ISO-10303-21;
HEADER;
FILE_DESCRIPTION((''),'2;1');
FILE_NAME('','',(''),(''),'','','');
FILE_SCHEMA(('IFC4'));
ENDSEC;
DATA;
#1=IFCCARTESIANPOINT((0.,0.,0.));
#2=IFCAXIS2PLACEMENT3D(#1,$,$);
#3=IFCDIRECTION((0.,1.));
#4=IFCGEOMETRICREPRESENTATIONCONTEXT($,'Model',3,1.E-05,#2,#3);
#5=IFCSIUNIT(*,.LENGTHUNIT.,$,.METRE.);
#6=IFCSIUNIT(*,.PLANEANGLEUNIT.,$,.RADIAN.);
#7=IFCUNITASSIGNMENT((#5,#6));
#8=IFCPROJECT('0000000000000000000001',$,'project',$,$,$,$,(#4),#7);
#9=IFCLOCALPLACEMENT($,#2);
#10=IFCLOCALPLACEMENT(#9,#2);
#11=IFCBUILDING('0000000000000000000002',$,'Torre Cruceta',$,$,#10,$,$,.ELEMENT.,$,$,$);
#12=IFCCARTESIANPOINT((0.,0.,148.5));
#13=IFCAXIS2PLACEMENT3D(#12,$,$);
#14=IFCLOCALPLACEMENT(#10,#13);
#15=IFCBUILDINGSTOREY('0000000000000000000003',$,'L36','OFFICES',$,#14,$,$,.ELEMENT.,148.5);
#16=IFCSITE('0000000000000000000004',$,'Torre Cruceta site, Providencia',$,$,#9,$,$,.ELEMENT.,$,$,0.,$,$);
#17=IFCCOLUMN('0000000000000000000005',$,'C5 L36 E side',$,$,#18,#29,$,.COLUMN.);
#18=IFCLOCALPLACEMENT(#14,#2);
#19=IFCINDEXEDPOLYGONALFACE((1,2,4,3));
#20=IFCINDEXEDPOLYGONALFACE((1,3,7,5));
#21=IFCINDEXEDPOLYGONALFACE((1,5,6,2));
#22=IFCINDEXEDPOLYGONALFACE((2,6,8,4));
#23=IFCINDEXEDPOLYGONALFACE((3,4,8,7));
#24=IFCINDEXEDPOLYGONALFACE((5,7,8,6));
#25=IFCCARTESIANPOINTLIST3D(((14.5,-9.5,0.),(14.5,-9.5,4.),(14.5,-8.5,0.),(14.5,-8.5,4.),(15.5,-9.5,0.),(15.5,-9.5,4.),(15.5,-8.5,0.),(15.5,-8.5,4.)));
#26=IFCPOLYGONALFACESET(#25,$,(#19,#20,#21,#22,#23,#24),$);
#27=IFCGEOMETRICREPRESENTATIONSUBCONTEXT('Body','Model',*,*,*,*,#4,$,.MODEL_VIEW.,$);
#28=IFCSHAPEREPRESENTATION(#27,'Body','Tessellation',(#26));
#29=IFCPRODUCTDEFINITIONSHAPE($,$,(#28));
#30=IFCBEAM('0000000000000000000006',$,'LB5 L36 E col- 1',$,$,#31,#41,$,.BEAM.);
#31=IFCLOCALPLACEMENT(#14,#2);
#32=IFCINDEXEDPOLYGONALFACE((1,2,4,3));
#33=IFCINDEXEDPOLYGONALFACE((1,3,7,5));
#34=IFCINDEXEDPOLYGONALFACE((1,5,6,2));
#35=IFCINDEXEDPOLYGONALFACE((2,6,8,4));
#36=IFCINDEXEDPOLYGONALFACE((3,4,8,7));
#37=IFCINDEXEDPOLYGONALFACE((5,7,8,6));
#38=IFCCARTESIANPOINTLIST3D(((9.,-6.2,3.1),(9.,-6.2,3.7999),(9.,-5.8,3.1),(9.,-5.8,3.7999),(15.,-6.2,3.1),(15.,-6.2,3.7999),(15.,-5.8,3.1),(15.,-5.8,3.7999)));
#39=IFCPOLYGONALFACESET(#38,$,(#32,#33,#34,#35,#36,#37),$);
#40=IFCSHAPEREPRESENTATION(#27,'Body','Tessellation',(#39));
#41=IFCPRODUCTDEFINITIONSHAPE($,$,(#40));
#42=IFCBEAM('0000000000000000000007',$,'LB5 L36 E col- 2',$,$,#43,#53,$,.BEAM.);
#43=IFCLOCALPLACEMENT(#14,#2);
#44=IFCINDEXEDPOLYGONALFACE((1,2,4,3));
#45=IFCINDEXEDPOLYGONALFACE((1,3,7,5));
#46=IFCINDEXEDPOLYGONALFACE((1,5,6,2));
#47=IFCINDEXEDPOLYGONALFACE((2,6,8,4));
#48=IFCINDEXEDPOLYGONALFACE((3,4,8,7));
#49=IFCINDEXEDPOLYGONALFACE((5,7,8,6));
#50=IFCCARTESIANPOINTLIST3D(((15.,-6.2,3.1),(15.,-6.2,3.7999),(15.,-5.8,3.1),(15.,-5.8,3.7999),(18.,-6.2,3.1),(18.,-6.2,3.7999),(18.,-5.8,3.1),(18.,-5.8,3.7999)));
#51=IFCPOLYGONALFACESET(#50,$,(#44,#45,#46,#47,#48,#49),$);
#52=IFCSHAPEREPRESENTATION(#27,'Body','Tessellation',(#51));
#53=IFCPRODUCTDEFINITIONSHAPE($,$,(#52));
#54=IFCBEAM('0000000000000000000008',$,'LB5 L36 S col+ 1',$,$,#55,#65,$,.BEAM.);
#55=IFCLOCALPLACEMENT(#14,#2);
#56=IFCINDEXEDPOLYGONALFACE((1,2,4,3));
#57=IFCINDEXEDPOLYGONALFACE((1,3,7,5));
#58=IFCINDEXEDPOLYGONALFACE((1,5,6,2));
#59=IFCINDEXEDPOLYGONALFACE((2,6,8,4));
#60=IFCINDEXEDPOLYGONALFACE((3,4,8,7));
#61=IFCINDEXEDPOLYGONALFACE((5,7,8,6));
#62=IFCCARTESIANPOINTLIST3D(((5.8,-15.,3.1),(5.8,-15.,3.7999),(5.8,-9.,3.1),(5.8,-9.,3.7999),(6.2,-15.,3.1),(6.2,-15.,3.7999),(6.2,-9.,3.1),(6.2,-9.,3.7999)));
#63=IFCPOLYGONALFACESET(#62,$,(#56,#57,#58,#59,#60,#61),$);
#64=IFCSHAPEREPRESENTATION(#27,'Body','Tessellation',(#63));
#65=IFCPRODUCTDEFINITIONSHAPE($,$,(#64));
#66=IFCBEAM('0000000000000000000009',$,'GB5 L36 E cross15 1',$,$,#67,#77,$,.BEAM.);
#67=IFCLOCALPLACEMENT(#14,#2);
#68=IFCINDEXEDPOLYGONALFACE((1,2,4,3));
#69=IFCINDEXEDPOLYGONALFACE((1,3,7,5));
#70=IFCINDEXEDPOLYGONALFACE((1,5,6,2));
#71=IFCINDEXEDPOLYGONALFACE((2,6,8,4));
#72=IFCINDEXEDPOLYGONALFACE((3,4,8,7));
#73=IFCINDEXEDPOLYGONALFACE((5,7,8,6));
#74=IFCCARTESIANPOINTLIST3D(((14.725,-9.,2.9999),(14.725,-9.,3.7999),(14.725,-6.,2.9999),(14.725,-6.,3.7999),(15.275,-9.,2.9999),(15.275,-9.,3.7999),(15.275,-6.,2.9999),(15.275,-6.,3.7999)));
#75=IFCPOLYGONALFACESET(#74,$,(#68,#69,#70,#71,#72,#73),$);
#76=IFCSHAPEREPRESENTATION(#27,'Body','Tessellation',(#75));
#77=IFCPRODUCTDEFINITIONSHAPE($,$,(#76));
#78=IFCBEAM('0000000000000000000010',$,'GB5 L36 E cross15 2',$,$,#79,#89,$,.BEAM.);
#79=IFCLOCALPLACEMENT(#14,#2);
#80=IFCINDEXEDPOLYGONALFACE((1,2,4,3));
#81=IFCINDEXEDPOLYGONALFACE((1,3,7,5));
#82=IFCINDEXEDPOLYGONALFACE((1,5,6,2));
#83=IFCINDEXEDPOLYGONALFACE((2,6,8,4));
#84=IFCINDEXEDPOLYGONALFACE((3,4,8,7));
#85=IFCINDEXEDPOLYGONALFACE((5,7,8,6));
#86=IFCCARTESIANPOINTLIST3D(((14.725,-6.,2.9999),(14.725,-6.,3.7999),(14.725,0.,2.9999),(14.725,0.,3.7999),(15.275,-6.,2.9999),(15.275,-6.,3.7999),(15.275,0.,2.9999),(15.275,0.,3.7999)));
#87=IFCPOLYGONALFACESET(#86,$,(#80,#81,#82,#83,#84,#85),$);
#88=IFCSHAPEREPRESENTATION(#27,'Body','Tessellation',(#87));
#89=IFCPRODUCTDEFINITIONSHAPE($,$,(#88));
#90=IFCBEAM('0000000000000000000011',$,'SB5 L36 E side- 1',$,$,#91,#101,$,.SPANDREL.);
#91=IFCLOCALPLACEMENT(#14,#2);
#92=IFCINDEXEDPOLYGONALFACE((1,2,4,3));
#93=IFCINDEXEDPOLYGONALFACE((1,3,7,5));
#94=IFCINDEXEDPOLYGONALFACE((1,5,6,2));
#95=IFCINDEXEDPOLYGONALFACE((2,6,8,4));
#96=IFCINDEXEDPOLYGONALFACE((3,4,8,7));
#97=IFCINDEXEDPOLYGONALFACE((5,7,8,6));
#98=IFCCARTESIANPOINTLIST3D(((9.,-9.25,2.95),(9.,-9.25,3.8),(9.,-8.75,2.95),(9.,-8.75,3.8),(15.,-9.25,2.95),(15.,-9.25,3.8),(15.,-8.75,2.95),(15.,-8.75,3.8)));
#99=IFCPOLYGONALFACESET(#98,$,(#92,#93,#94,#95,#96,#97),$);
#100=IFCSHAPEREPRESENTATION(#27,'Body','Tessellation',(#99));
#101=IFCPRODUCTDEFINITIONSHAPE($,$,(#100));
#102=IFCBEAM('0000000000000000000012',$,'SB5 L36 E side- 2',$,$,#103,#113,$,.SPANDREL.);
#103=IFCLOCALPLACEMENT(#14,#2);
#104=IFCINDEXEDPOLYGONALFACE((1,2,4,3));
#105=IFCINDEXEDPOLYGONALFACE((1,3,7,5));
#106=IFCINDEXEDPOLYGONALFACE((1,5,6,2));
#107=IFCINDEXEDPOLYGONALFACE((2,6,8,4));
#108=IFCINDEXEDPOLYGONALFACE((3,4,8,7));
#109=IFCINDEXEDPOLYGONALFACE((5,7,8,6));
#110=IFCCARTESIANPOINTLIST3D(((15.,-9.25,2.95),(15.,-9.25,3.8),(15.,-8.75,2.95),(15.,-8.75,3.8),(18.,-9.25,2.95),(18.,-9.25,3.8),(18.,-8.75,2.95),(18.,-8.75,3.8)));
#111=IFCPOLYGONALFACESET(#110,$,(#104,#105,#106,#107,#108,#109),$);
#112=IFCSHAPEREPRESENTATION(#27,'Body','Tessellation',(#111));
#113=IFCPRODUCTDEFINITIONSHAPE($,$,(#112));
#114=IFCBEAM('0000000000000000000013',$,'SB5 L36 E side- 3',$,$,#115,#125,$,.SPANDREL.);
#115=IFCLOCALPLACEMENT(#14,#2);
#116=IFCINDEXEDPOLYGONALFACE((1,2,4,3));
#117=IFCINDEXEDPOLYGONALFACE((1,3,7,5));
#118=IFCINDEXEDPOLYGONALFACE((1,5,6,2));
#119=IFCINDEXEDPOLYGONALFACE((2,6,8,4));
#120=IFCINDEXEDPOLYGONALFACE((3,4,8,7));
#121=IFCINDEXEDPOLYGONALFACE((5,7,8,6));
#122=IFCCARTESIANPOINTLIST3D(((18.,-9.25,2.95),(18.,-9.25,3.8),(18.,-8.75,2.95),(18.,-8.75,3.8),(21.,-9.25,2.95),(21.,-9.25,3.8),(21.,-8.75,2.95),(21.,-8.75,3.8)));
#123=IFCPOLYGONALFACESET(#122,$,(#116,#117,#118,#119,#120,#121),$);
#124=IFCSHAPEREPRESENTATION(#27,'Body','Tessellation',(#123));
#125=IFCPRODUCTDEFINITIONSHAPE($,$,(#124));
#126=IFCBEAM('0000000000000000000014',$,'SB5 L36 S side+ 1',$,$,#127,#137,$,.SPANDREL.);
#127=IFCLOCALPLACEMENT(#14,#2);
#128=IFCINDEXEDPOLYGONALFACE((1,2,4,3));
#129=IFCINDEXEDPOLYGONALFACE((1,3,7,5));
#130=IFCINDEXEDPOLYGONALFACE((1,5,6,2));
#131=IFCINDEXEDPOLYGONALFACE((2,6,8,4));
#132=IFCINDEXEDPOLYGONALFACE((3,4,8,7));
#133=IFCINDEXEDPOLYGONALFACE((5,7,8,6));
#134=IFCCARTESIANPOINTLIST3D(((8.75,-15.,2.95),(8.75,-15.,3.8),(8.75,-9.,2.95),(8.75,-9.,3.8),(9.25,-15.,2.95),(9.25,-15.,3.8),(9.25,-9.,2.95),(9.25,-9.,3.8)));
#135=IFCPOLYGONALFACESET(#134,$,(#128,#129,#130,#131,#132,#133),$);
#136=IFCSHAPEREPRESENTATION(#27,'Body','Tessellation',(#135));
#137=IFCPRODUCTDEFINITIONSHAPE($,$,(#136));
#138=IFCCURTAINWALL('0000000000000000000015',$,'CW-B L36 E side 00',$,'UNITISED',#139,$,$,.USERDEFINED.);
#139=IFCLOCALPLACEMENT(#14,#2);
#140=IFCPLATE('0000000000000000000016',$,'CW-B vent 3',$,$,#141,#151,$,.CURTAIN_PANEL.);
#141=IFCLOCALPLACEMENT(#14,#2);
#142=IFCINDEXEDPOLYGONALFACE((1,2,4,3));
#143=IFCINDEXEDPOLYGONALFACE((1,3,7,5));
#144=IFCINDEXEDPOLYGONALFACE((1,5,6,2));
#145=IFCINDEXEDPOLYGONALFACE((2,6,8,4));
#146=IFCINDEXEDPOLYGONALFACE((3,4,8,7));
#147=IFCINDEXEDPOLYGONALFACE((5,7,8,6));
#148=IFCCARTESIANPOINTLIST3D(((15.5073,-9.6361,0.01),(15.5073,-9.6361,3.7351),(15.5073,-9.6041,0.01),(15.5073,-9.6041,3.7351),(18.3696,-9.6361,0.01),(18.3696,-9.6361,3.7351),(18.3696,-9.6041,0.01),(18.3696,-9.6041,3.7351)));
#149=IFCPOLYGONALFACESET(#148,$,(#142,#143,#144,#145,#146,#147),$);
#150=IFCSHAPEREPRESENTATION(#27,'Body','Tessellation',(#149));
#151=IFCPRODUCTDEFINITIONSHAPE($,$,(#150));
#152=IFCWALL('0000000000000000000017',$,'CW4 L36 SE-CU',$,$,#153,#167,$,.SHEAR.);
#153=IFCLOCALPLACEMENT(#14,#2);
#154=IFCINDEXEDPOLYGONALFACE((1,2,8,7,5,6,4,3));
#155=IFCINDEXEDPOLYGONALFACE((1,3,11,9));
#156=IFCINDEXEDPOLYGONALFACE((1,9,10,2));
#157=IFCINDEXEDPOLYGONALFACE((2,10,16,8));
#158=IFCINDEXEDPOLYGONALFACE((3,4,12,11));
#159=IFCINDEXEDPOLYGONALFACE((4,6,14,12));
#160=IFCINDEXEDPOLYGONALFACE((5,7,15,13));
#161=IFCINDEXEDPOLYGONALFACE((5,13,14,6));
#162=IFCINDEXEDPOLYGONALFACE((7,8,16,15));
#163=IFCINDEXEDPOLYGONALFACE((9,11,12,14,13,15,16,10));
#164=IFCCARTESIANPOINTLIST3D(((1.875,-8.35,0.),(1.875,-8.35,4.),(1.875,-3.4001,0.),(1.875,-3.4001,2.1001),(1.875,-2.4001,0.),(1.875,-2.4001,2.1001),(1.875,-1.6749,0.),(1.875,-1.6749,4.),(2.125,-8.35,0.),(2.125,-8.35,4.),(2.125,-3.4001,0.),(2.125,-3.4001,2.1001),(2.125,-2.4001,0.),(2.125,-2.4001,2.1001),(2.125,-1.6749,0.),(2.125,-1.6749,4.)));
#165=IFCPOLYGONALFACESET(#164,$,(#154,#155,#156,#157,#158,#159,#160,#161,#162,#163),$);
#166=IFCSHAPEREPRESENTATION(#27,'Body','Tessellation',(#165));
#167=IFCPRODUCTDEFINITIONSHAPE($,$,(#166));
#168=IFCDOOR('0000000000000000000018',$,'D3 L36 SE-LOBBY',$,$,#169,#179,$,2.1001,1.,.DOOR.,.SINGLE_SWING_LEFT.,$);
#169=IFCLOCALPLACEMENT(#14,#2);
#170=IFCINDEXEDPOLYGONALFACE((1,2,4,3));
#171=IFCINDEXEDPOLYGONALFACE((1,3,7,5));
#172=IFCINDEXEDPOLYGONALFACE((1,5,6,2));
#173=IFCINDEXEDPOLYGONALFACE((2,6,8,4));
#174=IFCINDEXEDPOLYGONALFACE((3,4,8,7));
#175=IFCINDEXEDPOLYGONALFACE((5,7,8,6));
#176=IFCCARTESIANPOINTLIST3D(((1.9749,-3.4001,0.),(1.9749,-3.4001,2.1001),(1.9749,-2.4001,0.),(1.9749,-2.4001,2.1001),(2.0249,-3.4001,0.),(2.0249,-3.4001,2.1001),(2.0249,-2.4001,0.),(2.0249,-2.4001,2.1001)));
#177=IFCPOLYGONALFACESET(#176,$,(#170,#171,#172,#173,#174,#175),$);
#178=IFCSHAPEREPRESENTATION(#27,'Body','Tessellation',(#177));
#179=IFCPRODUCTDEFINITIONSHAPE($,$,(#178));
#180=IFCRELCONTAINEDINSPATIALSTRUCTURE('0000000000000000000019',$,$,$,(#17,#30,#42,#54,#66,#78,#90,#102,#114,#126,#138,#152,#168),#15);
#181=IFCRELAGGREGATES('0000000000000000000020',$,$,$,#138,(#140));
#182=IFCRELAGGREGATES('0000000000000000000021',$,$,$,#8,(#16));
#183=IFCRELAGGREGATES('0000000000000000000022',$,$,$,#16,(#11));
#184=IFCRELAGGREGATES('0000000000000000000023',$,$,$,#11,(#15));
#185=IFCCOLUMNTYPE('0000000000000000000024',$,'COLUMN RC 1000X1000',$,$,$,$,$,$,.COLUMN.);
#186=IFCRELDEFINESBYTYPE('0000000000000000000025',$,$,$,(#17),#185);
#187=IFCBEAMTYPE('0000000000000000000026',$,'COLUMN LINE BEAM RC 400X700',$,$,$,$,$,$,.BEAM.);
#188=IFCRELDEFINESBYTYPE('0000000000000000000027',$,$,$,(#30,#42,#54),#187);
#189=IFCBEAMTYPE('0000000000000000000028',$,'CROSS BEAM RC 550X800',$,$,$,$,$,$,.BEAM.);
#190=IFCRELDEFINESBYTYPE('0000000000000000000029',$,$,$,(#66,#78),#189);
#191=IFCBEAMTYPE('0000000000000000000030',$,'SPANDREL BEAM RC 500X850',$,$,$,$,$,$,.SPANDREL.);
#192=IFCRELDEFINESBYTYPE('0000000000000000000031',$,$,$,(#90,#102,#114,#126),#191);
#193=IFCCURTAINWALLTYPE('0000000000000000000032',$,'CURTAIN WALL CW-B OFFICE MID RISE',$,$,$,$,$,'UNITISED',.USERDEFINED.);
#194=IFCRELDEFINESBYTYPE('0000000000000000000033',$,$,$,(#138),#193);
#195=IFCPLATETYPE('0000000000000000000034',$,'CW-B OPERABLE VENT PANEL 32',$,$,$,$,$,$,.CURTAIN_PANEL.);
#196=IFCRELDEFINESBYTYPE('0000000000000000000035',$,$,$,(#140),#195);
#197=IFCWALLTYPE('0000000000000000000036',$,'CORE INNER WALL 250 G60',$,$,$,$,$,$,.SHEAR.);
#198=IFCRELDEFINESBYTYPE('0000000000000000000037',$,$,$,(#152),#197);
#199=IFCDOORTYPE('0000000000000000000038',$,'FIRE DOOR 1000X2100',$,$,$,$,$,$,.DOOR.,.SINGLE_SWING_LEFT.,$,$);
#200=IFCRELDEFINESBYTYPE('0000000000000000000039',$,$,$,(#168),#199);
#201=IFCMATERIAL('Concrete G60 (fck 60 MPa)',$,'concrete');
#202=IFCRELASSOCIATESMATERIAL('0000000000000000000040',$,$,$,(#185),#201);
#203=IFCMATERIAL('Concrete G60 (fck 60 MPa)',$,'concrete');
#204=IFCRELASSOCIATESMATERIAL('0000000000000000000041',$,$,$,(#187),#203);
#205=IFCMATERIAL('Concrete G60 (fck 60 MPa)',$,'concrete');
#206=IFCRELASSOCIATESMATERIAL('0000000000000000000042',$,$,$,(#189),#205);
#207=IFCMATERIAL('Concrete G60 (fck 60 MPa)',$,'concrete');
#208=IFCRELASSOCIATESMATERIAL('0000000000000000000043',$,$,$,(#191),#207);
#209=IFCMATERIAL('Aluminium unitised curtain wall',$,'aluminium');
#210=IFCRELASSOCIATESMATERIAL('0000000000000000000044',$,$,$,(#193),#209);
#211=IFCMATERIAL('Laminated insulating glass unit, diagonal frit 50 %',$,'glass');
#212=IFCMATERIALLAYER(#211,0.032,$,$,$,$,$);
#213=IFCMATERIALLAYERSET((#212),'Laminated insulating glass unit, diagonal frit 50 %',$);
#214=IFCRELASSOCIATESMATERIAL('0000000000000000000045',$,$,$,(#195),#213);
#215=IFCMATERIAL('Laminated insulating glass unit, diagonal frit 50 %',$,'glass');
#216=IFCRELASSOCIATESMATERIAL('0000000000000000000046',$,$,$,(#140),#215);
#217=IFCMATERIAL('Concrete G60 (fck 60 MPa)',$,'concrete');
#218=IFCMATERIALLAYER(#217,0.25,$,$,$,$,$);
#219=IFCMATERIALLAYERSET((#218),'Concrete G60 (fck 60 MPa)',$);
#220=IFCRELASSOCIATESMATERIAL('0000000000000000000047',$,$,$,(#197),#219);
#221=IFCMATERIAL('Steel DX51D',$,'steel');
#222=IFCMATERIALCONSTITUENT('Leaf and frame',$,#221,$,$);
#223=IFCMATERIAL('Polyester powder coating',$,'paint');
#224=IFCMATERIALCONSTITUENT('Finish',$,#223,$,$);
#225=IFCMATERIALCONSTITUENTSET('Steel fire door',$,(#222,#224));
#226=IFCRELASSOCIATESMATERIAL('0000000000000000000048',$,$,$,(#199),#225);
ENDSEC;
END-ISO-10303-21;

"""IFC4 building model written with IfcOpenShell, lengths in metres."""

from ifc_helpers import new_model, si_unit, direction, frame, frame_2d, origin, origin_2d, place, context, subcontext, project, spatial, rectangle, extrude, material, layer, layer_set, constituent, constituent_set, material_profile, profile_set, type_object, element, fill, aggregate, save


model = new_model("IFC4")

# Units and contexts
model_context = context("Model", 3, precision=1e-05, world=origin(), true_north=direction((0.0, 1.0)))
body_context = subcontext(model_context, "Body", "Model", "MODEL_VIEW")
ifc_project = project(units=[si_unit("LENGTHUNIT", "METRE"), si_unit("PLANEANGLEUNIT", "RADIAN")], contexts=[model_context])

# Site, building, storey
site_placement = place(None, origin())
site = spatial("IfcSite", under=ifc_project, at=site_placement, Name="Torre Cruceta site, Providencia", CompositionType="ELEMENT", RefElevation=0.0)
building_placement = place(site_placement, origin())
building = spatial("IfcBuilding", under=site, at=building_placement, Name="Torre Cruceta", CompositionType="ELEMENT")
storey_placement = place(building_placement, frame((0.0, 0.0, 148.5)))
storey = spatial("IfcBuildingStorey", under=building, at=storey_placement, Name="L36", Description="OFFICES", CompositionType="ELEMENT", Elevation=148.5)

# Column
ifc_material_1 = material(Name="Concrete G60 (fck 60 MPa)", Category="concrete")
ifc_material_profile_1 = material_profile(ifc_material_1, rectangle(XDim=1.0, YDim=1.0, at=origin_2d()), Name="RC 1000X1000")
ifc_profile_set_1 = profile_set([ifc_material_profile_1], Name="Concrete G60 (fck 60 MPa)")
column_type = type_object("IfcColumnType", Name="COLUMN RC 1000X1000", PredefinedType="COLUMN", material=ifc_profile_set_1)
column_placement = place(storey_placement, frame((15.0, -9.0, 0.0), z_axis=(0.0, 0.0, 1.0), x_axis=(1.0, 0.0, 0.0)))
element("IfcColumn", 1, at=column_placement, inside=storey, type_object=column_type, Name="C5 L36 E side", PredefinedType="COLUMN", context=body_context, shape_type="SweptSolid", body=[
    extrude(rectangle(XDim=1.0, YDim=1.0, at=origin_2d()), origin(), (0.0, 0.0, 1.0), 4.0),
])

# Beams
ifc_material_2 = material(Name="Concrete G60 (fck 60 MPa)", Category="concrete")
ifc_material_profile_2 = material_profile(ifc_material_2, rectangle(XDim=0.3999, YDim=0.7, at=origin_2d()), Name="RC 400X700")
ifc_profile_set_2 = profile_set([ifc_material_profile_2], Name="Concrete G60 (fck 60 MPa)")
beam_type_1 = type_object("IfcBeamType", Name="COLUMN LINE BEAM RC 400X700", PredefinedType="BEAM", material=ifc_profile_set_2)
beam_1_placement = place(storey_placement, frame((9.0, -6.0, 3.45), z_axis=(1.0, 0.0, 0.0), x_axis=(0.0, 1.0, 0.0)))
element("IfcBeam", 2, at=beam_1_placement, inside=storey, type_object=beam_type_1, Name="LB5 L36 E col- 1", PredefinedType="BEAM", context=body_context, shape_type="SweptSolid", body=[
    extrude(rectangle(XDim=0.3999, YDim=0.7, at=origin_2d()), origin(), (0.0, 0.0, 1.0), 6.0),
])
beam_2_placement = place(storey_placement, frame((15.0, -6.0, 3.45), z_axis=(1.0, 0.0, 0.0), x_axis=(0.0, 1.0, 0.0)))
element("IfcBeam", 3, at=beam_2_placement, inside=storey, type_object=beam_type_1, Name="LB5 L36 E col- 2", PredefinedType="BEAM", context=body_context, shape_type="SweptSolid", body=[
    extrude(rectangle(XDim=0.3999, YDim=0.7, at=origin_2d()), origin(), (0.0, 0.0, 1.0), 3.0),
])
beam_3_placement = place(storey_placement, frame((6.0, -9.0, 3.45), z_axis=(0.0, -1.0, 0.0), x_axis=(1.0, 0.0, 0.0)))
element("IfcBeam", 4, at=beam_3_placement, inside=storey, type_object=beam_type_1, Name="LB5 L36 S col+ 1", PredefinedType="BEAM", context=body_context, shape_type="SweptSolid", body=[
    extrude(rectangle(XDim=0.3999, YDim=0.7, at=origin_2d()), origin(), (0.0, 0.0, 1.0), 6.0),
])
ifc_material_3 = material(Name="Concrete G60 (fck 60 MPa)", Category="concrete")
ifc_material_profile_3 = material_profile(ifc_material_3, rectangle(XDim=0.55, YDim=0.8, at=origin_2d()), Name="RC 550X800")
ifc_profile_set_3 = profile_set([ifc_material_profile_3], Name="Concrete G60 (fck 60 MPa)")
beam_type_2 = type_object("IfcBeamType", Name="CROSS BEAM RC 550X800", PredefinedType="BEAM", material=ifc_profile_set_3)
beam_4_placement = place(storey_placement, frame((15.0, -9.0, 3.3999), z_axis=(0.0, 1.0, 0.0), x_axis=(-1.0, 0.0, 0.0)))
element("IfcBeam", 5, at=beam_4_placement, inside=storey, type_object=beam_type_2, Name="GB5 L36 E cross15 1", PredefinedType="BEAM", context=body_context, shape_type="SweptSolid", body=[
    extrude(rectangle(XDim=0.55, YDim=0.8, at=origin_2d()), origin(), (0.0, 0.0, 1.0), 3.0),
])
beam_5_placement = place(storey_placement, frame((15.0, -6.0, 3.3999), z_axis=(0.0, 1.0, 0.0), x_axis=(-1.0, 0.0, 0.0)))
element("IfcBeam", 6, at=beam_5_placement, inside=storey, type_object=beam_type_2, Name="GB5 L36 E cross15 2", PredefinedType="BEAM", context=body_context, shape_type="SweptSolid", body=[
    extrude(rectangle(XDim=0.55, YDim=0.8, at=origin_2d()), origin(), (0.0, 0.0, 1.0), 6.0),
])
ifc_material_4 = material(Name="Concrete G60 (fck 60 MPa)", Category="concrete")
ifc_material_profile_4 = material_profile(ifc_material_4, rectangle(XDim=0.5, YDim=0.8501, at=origin_2d()), Name="RC 500X850")
ifc_profile_set_4 = profile_set([ifc_material_profile_4], Name="Concrete G60 (fck 60 MPa)")
beam_type_3 = type_object("IfcBeamType", Name="SPANDREL BEAM RC 500X850", PredefinedType="SPANDREL", material=ifc_profile_set_4)
beam_6_placement = place(storey_placement, frame((9.0, -9.0, 3.375), z_axis=(1.0, 0.0, 0.0), x_axis=(0.0, 1.0, 0.0)))
element("IfcBeam", 7, at=beam_6_placement, inside=storey, type_object=beam_type_3, Name="SB5 L36 E side- 1", PredefinedType="SPANDREL", context=body_context, shape_type="SweptSolid", body=[
    extrude(rectangle(XDim=0.5, YDim=0.8501, at=origin_2d()), origin(), (0.0, 0.0, 1.0), 6.0),
])
for number, where, z_axis, x_axis, name in (
    (8, (15.0, -9.0, 3.375), (1.0, 0.0, 0.0), (0.0, 1.0, 0.0), "SB5 L36 E side- 2"),
    (9, (18.0, -9.0, 3.375), (1.0, 0.0, 0.0), (0.0, 1.0, 0.0), "SB5 L36 E side- 3"),
):
    element("IfcBeam", number, at=place(storey_placement, frame(where, z_axis=z_axis, x_axis=x_axis)), inside=storey, type_object=beam_type_3, Name=name, PredefinedType="SPANDREL", context=body_context, shape_type="SweptSolid", body=[
        extrude(rectangle(XDim=0.5, YDim=0.8501, at=origin_2d()), origin(), (0.0, 0.0, 1.0), 3.0),
    ])
beam_7_placement = place(storey_placement, frame((9.0, -9.0, 3.375), z_axis=(0.0, -1.0, 0.0), x_axis=(1.0, 0.0, 0.0)))
element("IfcBeam", 10, at=beam_7_placement, inside=storey, type_object=beam_type_3, Name="SB5 L36 S side+ 1", PredefinedType="SPANDREL", context=body_context, shape_type="SweptSolid", body=[
    extrude(rectangle(XDim=0.5, YDim=0.8501, at=origin_2d()), origin(), (0.0, 0.0, 1.0), 6.0),
])

# Curtain wall, plate
ifc_material_5 = material(Name="Aluminium unitised curtain wall", Category="aluminium")
curtain_wall_type = type_object("IfcCurtainWallType", Name="CURTAIN WALL CW-B OFFICE MID RISE", ElementType="UNITISED", PredefinedType="USERDEFINED", material=ifc_material_5)
curtain_wall_placement = place(storey_placement, origin())
curtain_wall = element("IfcCurtainWall", 11, at=curtain_wall_placement, inside=storey, type_object=curtain_wall_type, Name="CW-B L36 E side 00", ObjectType="UNITISED", PredefinedType="USERDEFINED")
ifc_material_6 = material(Name="Laminated insulating glass unit, diagonal frit 50 %", Category="glass")
ifc_material_7 = material(Name="Laminated insulating glass unit, diagonal frit 50 %", Category="glass")
ifc_layer_1 = layer(ifc_material_7, 0.032)
ifc_layer_set_1 = layer_set([ifc_layer_1], Name="Laminated insulating glass unit, diagonal frit 50 %")
plate_type = type_object("IfcPlateType", Name="CW-B OPERABLE VENT PANEL 32", PredefinedType="CURTAIN_PANEL", material=ifc_layer_set_1)
plate_placement = place(storey_placement, frame((16.9385, -9.6201, 0.01), z_axis=(0.0, 0.0, 1.0), x_axis=(1.0, 0.0, 0.0)))
plate = element("IfcPlate", 12, at=plate_placement, type_object=plate_type, material=ifc_material_6, Name="CW-B vent 3", PredefinedType="CURTAIN_PANEL", context=body_context, shape_type="SweptSolid", body=[
    extrude(rectangle(XDim=2.8623, YDim=0.032, at=origin_2d()), origin(), (0.0, 0.0, 1.0), 3.7251),
])
aggregate(curtain_wall, [plate])

# Wall, opening, door
ifc_material_8 = material(Name="Concrete G60 (fck 60 MPa)", Category="concrete")
ifc_layer_2 = layer(ifc_material_8, 0.25)
ifc_layer_set_2 = layer_set([ifc_layer_2], Name="Concrete G60 (fck 60 MPa)")
wall_type_1 = type_object("IfcWallType", Name="CORE INNER WALL 250 G60", PredefinedType="SHEAR", material=ifc_layer_set_2)
wall_1_placement = place(storey_placement, frame((2.0, -1.675, 0.0), z_axis=(0.0, 0.0, 1.0), x_axis=(0.0, -1.0, 0.0)))
wall_1 = element("IfcWall", 13, at=wall_1_placement, inside=storey, type_object=wall_type_1, Name="CW4 L36 SE-CU", PredefinedType="SHEAR", context=body_context, shape_type="SweptSolid", body=[
    extrude(rectangle(XDim=6.675, YDim=0.25, at=frame_2d((3.3374, 0.0))), origin(), (0.0, 0.0, 1.0), 4.0),
])
opening_1_placement = place(wall_1_placement, frame((0.7251, 0.0, 0.0)))
opening_1 = element("IfcOpeningElement", 14, at=opening_1_placement, cuts=wall_1, PredefinedType="OPENING", context=body_context, shape_type="SweptSolid", body=[
    extrude(rectangle(XDim=1.0, YDim=2.1001, at=frame_2d((0.5, 1.05))), frame((0.0, 0.135, 0.0), z_axis=(0.0, -1.0, 0.0), x_axis=(1.0, 0.0, 0.0)), (0.0, 0.0, 1.0), 0.27),
])
ifc_material_9 = material(Name="Steel DX51D", Category="steel")
ifc_constituent_1 = constituent(ifc_material_9, Name="Leaf and frame")
ifc_material_10 = material(Name="Polyester powder coating", Category="paint")
ifc_constituent_2 = constituent(ifc_material_10, Name="Finish")
ifc_constituent_set_1 = constituent_set(constituents=[ifc_constituent_1, ifc_constituent_2], Name="Steel fire door")
door_type_1 = type_object("IfcDoorType", Name="FIRE DOOR 1000X2100", OperationType="SINGLE_SWING_LEFT", PredefinedType="DOOR", material=ifc_constituent_set_1)
door_1_placement = place(opening_1_placement, origin())
door_1 = element("IfcDoor", 15, at=door_1_placement, inside=storey, type_object=door_type_1, Name="D3 L36 SE-LOBBY", OperationType="SINGLE_SWING_LEFT", OverallHeight=2.1001, OverallWidth=1.0, PredefinedType="DOOR", context=body_context, shape_type="SweptSolid", body=[
    extrude(rectangle(XDim=1.0, YDim=2.1001, at=frame_2d((0.5, 1.05))), frame((0.0, 0.0249, 0.0), z_axis=(0.0, -1.0, 0.0), x_axis=(1.0, 0.0, 0.0)), (0.0, 0.0, 1.0), 0.05),
])
fill(opening_1, door_1)

save(model, "model.ifc")
